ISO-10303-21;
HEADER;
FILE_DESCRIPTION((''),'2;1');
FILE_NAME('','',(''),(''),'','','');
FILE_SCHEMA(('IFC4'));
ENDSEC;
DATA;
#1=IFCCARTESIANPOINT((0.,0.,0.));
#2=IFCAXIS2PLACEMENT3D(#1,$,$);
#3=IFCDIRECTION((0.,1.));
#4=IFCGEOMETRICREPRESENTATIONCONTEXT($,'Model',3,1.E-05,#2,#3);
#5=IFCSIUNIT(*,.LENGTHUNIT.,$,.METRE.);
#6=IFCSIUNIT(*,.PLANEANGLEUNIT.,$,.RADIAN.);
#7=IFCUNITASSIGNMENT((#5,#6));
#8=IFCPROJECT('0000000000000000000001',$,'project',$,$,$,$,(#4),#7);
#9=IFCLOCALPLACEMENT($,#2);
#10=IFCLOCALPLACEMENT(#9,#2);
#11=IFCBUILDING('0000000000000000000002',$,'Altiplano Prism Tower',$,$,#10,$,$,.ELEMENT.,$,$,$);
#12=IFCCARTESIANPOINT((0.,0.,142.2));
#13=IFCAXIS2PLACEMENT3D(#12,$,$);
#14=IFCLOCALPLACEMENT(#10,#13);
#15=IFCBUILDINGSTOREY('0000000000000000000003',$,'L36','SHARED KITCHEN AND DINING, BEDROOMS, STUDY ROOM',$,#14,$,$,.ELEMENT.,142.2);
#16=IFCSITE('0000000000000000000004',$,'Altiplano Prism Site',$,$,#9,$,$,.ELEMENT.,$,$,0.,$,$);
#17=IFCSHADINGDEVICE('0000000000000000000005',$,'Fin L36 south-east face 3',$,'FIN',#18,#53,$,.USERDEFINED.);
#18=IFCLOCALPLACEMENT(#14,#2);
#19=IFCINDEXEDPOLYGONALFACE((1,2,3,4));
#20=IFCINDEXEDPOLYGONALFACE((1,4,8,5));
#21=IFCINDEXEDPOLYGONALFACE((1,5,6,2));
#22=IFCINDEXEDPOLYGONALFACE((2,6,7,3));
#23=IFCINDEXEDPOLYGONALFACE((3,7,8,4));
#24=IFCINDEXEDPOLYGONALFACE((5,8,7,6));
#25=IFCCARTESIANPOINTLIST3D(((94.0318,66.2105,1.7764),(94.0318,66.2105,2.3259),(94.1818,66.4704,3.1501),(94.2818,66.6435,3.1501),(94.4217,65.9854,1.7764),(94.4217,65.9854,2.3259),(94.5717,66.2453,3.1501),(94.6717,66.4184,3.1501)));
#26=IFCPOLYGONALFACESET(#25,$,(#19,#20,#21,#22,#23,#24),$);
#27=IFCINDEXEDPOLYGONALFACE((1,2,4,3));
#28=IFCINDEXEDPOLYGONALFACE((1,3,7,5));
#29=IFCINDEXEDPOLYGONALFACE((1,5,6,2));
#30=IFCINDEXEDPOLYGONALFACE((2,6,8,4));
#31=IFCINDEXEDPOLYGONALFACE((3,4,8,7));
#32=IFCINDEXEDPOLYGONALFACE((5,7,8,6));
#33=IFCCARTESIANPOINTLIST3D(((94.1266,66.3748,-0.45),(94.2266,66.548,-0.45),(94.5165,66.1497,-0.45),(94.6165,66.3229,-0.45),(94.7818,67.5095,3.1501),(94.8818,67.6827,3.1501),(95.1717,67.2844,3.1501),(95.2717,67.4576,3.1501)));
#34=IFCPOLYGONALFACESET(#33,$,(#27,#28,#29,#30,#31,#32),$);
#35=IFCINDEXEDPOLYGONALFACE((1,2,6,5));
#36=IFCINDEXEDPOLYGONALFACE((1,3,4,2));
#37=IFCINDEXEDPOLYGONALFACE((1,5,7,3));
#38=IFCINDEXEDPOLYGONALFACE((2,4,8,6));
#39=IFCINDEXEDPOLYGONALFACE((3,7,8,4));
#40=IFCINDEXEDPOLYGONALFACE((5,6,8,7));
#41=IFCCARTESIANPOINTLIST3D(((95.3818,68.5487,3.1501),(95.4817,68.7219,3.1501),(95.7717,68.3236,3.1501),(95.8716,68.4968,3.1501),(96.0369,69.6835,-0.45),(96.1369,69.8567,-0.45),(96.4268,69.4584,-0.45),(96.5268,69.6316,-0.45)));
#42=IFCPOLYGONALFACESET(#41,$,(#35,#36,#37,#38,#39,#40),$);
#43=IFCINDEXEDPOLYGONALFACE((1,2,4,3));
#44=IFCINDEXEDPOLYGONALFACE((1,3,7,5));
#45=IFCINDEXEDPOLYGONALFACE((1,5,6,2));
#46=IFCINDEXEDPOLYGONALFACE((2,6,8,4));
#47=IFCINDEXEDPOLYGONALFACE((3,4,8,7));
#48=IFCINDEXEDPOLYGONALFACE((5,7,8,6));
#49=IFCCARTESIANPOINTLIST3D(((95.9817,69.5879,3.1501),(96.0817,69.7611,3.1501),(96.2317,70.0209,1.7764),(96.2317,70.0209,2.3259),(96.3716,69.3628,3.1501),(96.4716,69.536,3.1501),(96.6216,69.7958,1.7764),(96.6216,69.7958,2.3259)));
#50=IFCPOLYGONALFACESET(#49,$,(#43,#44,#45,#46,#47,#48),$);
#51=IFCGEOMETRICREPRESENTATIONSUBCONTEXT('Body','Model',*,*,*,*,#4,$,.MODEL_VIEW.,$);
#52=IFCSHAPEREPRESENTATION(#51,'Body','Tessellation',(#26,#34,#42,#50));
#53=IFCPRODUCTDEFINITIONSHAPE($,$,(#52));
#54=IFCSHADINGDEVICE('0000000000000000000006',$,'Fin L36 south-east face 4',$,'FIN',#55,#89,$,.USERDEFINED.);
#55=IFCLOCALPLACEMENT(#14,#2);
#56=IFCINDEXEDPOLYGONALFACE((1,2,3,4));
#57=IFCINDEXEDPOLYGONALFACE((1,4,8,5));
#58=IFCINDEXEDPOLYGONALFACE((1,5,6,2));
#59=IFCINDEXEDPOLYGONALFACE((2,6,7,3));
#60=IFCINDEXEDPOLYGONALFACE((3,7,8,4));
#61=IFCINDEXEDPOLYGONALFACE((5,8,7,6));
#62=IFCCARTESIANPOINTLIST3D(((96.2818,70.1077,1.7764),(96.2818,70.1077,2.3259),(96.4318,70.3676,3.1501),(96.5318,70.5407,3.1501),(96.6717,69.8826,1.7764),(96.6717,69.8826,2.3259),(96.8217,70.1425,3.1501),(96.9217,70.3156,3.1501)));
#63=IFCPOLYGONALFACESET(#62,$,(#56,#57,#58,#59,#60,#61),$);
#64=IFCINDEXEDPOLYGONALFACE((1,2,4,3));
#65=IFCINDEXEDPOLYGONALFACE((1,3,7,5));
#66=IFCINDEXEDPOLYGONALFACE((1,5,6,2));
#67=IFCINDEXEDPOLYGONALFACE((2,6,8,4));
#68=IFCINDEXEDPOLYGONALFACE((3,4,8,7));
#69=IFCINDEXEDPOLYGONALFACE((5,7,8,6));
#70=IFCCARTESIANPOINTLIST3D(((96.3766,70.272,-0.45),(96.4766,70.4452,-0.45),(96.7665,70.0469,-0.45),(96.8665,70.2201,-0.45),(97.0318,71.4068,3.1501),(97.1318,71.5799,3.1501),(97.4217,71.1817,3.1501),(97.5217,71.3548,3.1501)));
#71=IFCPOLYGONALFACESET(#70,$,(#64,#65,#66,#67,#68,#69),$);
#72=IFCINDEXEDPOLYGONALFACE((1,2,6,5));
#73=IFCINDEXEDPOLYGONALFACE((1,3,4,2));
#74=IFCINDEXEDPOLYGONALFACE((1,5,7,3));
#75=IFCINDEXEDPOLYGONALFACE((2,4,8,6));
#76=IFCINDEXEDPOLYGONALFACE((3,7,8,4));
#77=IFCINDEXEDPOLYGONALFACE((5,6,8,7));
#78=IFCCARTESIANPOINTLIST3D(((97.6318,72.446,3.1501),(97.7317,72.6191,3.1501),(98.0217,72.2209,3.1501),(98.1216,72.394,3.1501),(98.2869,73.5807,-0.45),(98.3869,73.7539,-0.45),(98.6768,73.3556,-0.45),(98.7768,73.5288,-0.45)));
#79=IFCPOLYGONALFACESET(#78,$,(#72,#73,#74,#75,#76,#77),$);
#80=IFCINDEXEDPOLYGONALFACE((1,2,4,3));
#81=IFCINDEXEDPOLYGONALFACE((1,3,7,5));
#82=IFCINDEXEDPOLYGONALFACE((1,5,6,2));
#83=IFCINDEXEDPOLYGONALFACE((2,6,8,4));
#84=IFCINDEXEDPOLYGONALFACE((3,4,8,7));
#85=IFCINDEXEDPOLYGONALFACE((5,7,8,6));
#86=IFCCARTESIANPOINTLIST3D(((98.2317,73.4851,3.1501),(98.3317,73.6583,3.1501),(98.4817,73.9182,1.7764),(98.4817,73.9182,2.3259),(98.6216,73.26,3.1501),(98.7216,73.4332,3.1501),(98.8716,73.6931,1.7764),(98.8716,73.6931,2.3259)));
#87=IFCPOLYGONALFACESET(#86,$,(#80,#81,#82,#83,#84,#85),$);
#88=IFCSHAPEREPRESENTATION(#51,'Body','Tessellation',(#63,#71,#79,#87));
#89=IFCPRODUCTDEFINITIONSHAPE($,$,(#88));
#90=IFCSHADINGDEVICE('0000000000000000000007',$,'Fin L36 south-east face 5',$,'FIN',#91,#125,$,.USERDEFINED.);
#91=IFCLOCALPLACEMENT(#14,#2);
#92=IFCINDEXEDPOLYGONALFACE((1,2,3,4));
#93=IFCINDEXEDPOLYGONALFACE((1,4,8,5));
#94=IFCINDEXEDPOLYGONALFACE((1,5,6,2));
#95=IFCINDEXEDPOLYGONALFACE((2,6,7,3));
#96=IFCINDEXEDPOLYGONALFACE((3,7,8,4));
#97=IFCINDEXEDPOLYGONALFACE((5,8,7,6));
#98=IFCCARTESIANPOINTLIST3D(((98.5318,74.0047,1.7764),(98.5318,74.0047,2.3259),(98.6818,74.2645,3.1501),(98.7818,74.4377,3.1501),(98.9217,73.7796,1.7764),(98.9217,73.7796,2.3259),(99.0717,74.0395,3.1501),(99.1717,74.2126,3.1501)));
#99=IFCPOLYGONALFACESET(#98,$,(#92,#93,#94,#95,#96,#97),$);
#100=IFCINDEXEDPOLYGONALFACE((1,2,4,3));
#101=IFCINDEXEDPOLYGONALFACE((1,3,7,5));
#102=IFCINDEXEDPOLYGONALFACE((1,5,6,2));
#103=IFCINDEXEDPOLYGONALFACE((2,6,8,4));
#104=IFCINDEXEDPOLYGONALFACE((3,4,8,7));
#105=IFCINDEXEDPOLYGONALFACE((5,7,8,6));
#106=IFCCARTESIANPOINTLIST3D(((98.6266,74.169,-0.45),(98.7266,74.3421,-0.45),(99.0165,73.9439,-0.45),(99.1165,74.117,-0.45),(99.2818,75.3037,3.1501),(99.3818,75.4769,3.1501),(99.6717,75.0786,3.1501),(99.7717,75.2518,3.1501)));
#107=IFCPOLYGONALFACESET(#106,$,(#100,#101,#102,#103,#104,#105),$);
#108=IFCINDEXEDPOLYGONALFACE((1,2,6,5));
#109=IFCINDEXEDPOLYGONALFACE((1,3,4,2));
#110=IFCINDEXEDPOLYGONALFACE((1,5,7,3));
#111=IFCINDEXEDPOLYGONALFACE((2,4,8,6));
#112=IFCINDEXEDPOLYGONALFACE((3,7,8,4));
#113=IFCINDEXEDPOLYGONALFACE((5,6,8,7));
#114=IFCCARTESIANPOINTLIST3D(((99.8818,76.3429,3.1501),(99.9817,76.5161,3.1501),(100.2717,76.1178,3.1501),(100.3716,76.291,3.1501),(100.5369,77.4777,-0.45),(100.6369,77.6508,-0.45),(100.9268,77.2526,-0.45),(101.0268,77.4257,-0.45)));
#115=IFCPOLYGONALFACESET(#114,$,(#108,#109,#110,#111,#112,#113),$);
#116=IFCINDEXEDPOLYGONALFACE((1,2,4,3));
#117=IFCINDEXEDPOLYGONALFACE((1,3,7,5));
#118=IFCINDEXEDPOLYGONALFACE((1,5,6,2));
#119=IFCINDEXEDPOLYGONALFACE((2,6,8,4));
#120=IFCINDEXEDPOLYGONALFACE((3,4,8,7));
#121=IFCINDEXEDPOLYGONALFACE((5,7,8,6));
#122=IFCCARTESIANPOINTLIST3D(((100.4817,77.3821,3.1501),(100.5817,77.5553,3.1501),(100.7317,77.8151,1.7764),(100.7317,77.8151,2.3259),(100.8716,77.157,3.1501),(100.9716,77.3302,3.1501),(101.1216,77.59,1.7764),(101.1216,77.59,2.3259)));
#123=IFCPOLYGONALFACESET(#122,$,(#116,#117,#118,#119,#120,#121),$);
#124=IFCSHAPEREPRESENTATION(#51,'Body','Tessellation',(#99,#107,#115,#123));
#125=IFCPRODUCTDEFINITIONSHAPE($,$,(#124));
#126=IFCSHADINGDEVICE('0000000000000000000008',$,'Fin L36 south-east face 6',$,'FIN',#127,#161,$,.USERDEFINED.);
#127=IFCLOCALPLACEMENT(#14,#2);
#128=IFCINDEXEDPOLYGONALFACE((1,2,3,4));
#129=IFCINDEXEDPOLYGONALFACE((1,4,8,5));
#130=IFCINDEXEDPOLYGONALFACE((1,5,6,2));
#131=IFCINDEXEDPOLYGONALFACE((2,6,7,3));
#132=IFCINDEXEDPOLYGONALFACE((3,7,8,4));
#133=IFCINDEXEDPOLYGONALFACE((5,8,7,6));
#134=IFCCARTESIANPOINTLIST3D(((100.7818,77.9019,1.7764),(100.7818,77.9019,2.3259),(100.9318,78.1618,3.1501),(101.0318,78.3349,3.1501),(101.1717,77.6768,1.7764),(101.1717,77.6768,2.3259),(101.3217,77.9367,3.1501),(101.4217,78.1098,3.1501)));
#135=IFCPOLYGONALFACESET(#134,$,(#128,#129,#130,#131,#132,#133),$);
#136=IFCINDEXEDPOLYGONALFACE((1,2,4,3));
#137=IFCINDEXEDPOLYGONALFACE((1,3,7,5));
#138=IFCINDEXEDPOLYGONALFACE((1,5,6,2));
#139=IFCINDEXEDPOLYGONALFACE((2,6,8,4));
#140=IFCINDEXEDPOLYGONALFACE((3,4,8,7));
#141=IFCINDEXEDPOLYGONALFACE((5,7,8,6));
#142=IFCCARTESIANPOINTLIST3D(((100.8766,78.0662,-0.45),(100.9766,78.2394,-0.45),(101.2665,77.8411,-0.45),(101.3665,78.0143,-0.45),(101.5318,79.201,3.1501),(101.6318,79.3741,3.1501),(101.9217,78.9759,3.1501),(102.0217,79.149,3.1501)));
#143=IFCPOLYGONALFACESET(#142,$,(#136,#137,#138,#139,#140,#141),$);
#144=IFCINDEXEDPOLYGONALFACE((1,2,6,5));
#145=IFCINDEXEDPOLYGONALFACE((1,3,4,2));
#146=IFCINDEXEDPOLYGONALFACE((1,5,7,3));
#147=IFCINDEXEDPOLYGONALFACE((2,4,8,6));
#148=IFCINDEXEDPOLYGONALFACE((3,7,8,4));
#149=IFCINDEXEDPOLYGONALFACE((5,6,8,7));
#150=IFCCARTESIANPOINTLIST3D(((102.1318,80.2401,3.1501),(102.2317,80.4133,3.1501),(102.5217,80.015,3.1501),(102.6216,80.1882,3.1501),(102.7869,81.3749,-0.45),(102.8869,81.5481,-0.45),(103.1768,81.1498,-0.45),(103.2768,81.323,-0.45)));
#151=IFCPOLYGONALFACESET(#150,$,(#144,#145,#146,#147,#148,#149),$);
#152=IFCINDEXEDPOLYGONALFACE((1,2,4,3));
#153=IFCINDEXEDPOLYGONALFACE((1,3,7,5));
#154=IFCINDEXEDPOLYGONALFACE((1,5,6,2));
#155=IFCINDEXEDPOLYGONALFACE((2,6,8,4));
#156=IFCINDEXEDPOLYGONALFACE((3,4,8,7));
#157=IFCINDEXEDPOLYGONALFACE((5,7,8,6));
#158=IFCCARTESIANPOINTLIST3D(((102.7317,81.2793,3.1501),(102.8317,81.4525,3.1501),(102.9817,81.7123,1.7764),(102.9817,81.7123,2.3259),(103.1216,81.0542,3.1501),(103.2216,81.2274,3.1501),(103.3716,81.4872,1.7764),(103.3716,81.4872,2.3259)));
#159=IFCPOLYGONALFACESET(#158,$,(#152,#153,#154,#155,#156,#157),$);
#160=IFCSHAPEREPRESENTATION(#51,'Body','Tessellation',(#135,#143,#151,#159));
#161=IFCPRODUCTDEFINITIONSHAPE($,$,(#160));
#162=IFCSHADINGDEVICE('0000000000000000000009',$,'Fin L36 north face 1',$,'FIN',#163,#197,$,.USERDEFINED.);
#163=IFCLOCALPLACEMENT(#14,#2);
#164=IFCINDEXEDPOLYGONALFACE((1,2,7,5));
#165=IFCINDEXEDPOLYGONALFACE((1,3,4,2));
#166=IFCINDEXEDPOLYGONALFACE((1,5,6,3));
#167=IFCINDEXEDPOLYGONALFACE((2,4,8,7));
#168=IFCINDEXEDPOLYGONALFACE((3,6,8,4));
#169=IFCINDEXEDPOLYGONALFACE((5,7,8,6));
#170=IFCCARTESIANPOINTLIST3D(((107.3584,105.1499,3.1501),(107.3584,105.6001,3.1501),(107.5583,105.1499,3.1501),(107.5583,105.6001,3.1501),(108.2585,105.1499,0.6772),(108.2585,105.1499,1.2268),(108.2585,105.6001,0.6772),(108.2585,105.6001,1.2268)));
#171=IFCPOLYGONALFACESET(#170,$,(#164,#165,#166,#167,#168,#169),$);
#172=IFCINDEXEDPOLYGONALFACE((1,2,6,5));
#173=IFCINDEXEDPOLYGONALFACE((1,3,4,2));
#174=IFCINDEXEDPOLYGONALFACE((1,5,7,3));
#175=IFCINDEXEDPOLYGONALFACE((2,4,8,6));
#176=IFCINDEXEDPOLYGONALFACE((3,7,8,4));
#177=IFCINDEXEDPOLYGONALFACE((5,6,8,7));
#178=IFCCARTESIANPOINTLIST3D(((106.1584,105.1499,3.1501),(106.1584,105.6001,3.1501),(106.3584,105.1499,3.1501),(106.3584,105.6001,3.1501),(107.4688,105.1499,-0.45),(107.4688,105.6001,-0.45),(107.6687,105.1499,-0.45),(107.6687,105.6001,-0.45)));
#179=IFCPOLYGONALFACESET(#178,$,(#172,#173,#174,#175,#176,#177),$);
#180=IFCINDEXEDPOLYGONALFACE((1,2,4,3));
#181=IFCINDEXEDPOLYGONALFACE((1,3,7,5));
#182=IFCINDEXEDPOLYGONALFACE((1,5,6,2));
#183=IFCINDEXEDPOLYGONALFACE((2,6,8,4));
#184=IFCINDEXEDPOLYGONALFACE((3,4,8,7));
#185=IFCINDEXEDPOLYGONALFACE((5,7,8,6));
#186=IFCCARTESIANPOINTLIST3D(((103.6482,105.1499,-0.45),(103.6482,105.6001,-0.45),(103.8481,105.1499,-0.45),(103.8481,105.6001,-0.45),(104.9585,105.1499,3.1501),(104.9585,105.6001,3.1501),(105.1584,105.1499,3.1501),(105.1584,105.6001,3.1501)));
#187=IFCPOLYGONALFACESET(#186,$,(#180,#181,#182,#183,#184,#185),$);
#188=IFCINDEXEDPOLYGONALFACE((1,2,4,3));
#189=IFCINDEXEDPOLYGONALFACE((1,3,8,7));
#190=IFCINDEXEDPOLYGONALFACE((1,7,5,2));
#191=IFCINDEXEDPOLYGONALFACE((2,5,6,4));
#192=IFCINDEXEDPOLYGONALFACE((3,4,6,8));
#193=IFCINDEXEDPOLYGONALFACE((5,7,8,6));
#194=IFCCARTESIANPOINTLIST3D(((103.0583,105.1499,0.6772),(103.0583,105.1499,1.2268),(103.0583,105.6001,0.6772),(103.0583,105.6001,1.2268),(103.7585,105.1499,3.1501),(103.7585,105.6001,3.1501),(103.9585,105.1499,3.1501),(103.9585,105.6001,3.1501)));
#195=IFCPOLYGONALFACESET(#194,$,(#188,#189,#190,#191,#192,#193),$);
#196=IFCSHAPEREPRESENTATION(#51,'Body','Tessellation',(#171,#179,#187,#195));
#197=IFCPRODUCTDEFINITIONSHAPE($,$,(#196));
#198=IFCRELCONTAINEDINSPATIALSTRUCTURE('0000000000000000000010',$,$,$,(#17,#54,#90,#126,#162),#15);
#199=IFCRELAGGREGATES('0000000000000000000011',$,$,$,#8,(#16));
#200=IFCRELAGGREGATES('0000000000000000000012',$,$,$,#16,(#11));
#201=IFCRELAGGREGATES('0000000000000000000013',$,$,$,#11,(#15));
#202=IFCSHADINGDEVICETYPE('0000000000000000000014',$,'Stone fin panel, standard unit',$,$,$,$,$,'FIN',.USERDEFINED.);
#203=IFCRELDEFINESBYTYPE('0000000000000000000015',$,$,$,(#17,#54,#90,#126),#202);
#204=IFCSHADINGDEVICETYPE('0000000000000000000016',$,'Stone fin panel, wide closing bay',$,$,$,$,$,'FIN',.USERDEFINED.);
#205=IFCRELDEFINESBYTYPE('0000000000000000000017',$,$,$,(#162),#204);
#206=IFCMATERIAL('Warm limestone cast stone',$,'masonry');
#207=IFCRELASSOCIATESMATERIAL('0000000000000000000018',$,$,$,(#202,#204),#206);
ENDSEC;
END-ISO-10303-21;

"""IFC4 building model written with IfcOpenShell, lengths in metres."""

from ifc_helpers import new_model, si_unit, direction, frame, origin, place, context, subcontext, project, spatial, polyline, outline, extrude, source, transform, mapped, material, type_object, element, save


model = new_model("IFC4")

# Units and contexts
model_context = context("Model", 3, precision=1e-05, world=origin(), true_north=direction((0.0, 1.0)))
body_context = subcontext(model_context, "Body", "Model", "MODEL_VIEW")
ifc_project = project(units=[si_unit("LENGTHUNIT", "METRE"), si_unit("PLANEANGLEUNIT", "RADIAN")], contexts=[model_context])

# Site, building, storey
site_placement = place(None, origin())
site = spatial("IfcSite", under=ifc_project, at=site_placement, Name="Altiplano Prism Site", CompositionType="ELEMENT", RefElevation=0.0)
building_placement = place(site_placement, origin())
building = spatial("IfcBuilding", under=site, at=building_placement, Name="Altiplano Prism Tower", CompositionType="ELEMENT")
storey_placement = place(building_placement, frame((0.0, 0.0, 142.2)))
storey = spatial("IfcBuildingStorey", under=building, at=storey_placement, Name="L36", Description="SHARED KITCHEN AND DINING, BEDROOMS, STUDY ROOM", CompositionType="ELEMENT", Elevation=142.2)

# Shading devices
ifc_material_1 = material(Name="Warm limestone cast stone", Category="masonry")
shading_device_type_1 = type_object("IfcShadingDeviceType", Name="Stone fin panel, standard unit", ElementType="FIN", PredefinedType="USERDEFINED", material=ifc_material_1)
shared_shape_1 = source(origin(), body_context, "Body", "SweptSolid", [
    extrude(outline(polyline([(-2.2, 2.2263), (-1.7, 3.6001), (-1.8999, 3.6001), (-2.2, 2.7759), (-2.2, 2.2263)])), frame((0.0, -0.1499, 0.0), z_axis=(0.0, -1.0, 0.0), x_axis=(1.0, 0.0, 0.0)), (0.0, 0.0, 1.0), 0.4502),
    extrude(outline(polyline([(-2.0103, 0.0), (-1.8103, 0.0), (-0.5, 3.6001), (-0.7, 3.6001), (-2.0103, 0.0)])), frame((0.0, -0.1499, 0.0), z_axis=(0.0, -1.0, 0.0), x_axis=(1.0, 0.0, 0.0)), (0.0, 0.0, 1.0), 0.4502),
    extrude(outline(polyline([(1.8103, 0.0), (2.0103, 0.0), (0.7, 3.6001), (0.5, 3.6001), (1.8103, 0.0)])), frame((0.0, -0.1499, 0.0), z_axis=(0.0, -1.0, 0.0), x_axis=(1.0, 0.0, 0.0)), (0.0, 0.0, 1.0), 0.4502),
    extrude(outline(polyline([(2.2, 2.7759), (1.8999, 3.6001), (1.7, 3.6001), (2.2, 2.2263), (2.2, 2.7759)])), frame((0.0, -0.1499, 0.0), z_axis=(0.0, -1.0, 0.0), x_axis=(1.0, 0.0, 0.0)), (0.0, 0.0, 1.0), 0.4502),
])
shading_device_1_placement = place(storey_placement, origin())
element("IfcShadingDevice", 1, at=shading_device_1_placement, inside=storey, type_object=shading_device_type_1, Name="Fin L36 south-east face 3", ObjectType="FIN", PredefinedType="USERDEFINED", context=body_context, shape_type="MappedRepresentation", body=[
    mapped(shared_shape_1, transform((95.002, 68.1907, -0.45), x_axis=(0.5, 0.866025, 0.0), y_axis=(-0.866025, 0.5, 0.0), z_axis=(0.0, 0.0, 1.0))),
])
shading_device_2_placement = place(storey_placement, origin())
element("IfcShadingDevice", 2, at=shading_device_2_placement, inside=storey, type_object=shading_device_type_1, Name="Fin L36 south-east face 4", ObjectType="FIN", PredefinedType="USERDEFINED", context=body_context, shape_type="MappedRepresentation", body=[
    mapped(shared_shape_1, transform((97.252, 72.0879, -0.45), x_axis=(0.5, 0.866025, 0.0), y_axis=(-0.866025, 0.5, 0.0), z_axis=(0.0, 0.0, 1.0))),
])
shading_device_3_placement = place(storey_placement, origin())
element("IfcShadingDevice", 3, at=shading_device_3_placement, inside=storey, type_object=shading_device_type_1, Name="Fin L36 south-east face 5", ObjectType="FIN", PredefinedType="USERDEFINED", context=body_context, shape_type="MappedRepresentation", body=[
    mapped(shared_shape_1, transform((99.502, 75.9849, -0.45), x_axis=(0.5, 0.866025, 0.0), y_axis=(-0.866025, 0.5, 0.0), z_axis=(0.0, 0.0, 1.0))),
])
shading_device_4_placement = place(storey_placement, origin())
element("IfcShadingDevice", 4, at=shading_device_4_placement, inside=storey, type_object=shading_device_type_1, Name="Fin L36 south-east face 6", ObjectType="FIN", PredefinedType="USERDEFINED", context=body_context, shape_type="MappedRepresentation", body=[
    mapped(shared_shape_1, transform((101.752, 79.8821, -0.45), x_axis=(0.5, 0.866025, 0.0), y_axis=(-0.866025, 0.5, 0.0), z_axis=(0.0, 0.0, 1.0))),
])
shading_device_type_2 = type_object("IfcShadingDeviceType", Name="Stone fin panel, wide closing bay", ElementType="FIN", PredefinedType="USERDEFINED", material=ifc_material_1)
shared_shape_2 = source(origin(), body_context, "Body", "SweptSolid", [
    extrude(outline(polyline([(-2.6001, 1.1272), (-1.7, 3.6001), (-1.8999, 3.6001), (-2.6001, 1.6768), (-2.6001, 1.1272)])), frame((0.0, -0.1499, 0.0), z_axis=(0.0, -1.0, 0.0), x_axis=(1.0, 0.0, 0.0)), (0.0, 0.0, 1.0), 0.4502),
    extrude(outline(polyline([(-2.0103, 0.0), (-1.8103, 0.0), (-0.5, 3.6001), (-0.7, 3.6001), (-2.0103, 0.0)])), frame((0.0, -0.1499, 0.0), z_axis=(0.0, -1.0, 0.0), x_axis=(1.0, 0.0, 0.0)), (0.0, 0.0, 1.0), 0.4502),
    extrude(outline(polyline([(1.8103, 0.0), (2.0103, 0.0), (0.7, 3.6001), (0.5, 3.6001), (1.8103, 0.0)])), frame((0.0, -0.1499, 0.0), z_axis=(0.0, -1.0, 0.0), x_axis=(1.0, 0.0, 0.0)), (0.0, 0.0, 1.0), 0.4502),
    extrude(outline(polyline([(2.6001, 1.6768), (1.8999, 3.6001), (1.7, 3.6001), (2.6001, 1.1272), (2.6001, 1.6768)])), frame((0.0, -0.1499, 0.0), z_axis=(0.0, -1.0, 0.0), x_axis=(1.0, 0.0, 0.0)), (0.0, 0.0, 1.0), 0.4502),
])
shading_device_5_placement = place(storey_placement, origin())
element("IfcShadingDevice", 5, at=shading_device_5_placement, inside=storey, type_object=shading_device_type_2, Name="Fin L36 north face 1", ObjectType="FIN", PredefinedType="USERDEFINED", context=body_context, shape_type="MappedRepresentation", body=[
    mapped(shared_shape_2, transform((105.6584, 105.0, -0.45), x_axis=(-1.0, 0.0, 0.0), y_axis=(0.0, -1.0, 0.0), z_axis=(0.0, 0.0, 1.0))),
])

save(model, "model.ifc")
